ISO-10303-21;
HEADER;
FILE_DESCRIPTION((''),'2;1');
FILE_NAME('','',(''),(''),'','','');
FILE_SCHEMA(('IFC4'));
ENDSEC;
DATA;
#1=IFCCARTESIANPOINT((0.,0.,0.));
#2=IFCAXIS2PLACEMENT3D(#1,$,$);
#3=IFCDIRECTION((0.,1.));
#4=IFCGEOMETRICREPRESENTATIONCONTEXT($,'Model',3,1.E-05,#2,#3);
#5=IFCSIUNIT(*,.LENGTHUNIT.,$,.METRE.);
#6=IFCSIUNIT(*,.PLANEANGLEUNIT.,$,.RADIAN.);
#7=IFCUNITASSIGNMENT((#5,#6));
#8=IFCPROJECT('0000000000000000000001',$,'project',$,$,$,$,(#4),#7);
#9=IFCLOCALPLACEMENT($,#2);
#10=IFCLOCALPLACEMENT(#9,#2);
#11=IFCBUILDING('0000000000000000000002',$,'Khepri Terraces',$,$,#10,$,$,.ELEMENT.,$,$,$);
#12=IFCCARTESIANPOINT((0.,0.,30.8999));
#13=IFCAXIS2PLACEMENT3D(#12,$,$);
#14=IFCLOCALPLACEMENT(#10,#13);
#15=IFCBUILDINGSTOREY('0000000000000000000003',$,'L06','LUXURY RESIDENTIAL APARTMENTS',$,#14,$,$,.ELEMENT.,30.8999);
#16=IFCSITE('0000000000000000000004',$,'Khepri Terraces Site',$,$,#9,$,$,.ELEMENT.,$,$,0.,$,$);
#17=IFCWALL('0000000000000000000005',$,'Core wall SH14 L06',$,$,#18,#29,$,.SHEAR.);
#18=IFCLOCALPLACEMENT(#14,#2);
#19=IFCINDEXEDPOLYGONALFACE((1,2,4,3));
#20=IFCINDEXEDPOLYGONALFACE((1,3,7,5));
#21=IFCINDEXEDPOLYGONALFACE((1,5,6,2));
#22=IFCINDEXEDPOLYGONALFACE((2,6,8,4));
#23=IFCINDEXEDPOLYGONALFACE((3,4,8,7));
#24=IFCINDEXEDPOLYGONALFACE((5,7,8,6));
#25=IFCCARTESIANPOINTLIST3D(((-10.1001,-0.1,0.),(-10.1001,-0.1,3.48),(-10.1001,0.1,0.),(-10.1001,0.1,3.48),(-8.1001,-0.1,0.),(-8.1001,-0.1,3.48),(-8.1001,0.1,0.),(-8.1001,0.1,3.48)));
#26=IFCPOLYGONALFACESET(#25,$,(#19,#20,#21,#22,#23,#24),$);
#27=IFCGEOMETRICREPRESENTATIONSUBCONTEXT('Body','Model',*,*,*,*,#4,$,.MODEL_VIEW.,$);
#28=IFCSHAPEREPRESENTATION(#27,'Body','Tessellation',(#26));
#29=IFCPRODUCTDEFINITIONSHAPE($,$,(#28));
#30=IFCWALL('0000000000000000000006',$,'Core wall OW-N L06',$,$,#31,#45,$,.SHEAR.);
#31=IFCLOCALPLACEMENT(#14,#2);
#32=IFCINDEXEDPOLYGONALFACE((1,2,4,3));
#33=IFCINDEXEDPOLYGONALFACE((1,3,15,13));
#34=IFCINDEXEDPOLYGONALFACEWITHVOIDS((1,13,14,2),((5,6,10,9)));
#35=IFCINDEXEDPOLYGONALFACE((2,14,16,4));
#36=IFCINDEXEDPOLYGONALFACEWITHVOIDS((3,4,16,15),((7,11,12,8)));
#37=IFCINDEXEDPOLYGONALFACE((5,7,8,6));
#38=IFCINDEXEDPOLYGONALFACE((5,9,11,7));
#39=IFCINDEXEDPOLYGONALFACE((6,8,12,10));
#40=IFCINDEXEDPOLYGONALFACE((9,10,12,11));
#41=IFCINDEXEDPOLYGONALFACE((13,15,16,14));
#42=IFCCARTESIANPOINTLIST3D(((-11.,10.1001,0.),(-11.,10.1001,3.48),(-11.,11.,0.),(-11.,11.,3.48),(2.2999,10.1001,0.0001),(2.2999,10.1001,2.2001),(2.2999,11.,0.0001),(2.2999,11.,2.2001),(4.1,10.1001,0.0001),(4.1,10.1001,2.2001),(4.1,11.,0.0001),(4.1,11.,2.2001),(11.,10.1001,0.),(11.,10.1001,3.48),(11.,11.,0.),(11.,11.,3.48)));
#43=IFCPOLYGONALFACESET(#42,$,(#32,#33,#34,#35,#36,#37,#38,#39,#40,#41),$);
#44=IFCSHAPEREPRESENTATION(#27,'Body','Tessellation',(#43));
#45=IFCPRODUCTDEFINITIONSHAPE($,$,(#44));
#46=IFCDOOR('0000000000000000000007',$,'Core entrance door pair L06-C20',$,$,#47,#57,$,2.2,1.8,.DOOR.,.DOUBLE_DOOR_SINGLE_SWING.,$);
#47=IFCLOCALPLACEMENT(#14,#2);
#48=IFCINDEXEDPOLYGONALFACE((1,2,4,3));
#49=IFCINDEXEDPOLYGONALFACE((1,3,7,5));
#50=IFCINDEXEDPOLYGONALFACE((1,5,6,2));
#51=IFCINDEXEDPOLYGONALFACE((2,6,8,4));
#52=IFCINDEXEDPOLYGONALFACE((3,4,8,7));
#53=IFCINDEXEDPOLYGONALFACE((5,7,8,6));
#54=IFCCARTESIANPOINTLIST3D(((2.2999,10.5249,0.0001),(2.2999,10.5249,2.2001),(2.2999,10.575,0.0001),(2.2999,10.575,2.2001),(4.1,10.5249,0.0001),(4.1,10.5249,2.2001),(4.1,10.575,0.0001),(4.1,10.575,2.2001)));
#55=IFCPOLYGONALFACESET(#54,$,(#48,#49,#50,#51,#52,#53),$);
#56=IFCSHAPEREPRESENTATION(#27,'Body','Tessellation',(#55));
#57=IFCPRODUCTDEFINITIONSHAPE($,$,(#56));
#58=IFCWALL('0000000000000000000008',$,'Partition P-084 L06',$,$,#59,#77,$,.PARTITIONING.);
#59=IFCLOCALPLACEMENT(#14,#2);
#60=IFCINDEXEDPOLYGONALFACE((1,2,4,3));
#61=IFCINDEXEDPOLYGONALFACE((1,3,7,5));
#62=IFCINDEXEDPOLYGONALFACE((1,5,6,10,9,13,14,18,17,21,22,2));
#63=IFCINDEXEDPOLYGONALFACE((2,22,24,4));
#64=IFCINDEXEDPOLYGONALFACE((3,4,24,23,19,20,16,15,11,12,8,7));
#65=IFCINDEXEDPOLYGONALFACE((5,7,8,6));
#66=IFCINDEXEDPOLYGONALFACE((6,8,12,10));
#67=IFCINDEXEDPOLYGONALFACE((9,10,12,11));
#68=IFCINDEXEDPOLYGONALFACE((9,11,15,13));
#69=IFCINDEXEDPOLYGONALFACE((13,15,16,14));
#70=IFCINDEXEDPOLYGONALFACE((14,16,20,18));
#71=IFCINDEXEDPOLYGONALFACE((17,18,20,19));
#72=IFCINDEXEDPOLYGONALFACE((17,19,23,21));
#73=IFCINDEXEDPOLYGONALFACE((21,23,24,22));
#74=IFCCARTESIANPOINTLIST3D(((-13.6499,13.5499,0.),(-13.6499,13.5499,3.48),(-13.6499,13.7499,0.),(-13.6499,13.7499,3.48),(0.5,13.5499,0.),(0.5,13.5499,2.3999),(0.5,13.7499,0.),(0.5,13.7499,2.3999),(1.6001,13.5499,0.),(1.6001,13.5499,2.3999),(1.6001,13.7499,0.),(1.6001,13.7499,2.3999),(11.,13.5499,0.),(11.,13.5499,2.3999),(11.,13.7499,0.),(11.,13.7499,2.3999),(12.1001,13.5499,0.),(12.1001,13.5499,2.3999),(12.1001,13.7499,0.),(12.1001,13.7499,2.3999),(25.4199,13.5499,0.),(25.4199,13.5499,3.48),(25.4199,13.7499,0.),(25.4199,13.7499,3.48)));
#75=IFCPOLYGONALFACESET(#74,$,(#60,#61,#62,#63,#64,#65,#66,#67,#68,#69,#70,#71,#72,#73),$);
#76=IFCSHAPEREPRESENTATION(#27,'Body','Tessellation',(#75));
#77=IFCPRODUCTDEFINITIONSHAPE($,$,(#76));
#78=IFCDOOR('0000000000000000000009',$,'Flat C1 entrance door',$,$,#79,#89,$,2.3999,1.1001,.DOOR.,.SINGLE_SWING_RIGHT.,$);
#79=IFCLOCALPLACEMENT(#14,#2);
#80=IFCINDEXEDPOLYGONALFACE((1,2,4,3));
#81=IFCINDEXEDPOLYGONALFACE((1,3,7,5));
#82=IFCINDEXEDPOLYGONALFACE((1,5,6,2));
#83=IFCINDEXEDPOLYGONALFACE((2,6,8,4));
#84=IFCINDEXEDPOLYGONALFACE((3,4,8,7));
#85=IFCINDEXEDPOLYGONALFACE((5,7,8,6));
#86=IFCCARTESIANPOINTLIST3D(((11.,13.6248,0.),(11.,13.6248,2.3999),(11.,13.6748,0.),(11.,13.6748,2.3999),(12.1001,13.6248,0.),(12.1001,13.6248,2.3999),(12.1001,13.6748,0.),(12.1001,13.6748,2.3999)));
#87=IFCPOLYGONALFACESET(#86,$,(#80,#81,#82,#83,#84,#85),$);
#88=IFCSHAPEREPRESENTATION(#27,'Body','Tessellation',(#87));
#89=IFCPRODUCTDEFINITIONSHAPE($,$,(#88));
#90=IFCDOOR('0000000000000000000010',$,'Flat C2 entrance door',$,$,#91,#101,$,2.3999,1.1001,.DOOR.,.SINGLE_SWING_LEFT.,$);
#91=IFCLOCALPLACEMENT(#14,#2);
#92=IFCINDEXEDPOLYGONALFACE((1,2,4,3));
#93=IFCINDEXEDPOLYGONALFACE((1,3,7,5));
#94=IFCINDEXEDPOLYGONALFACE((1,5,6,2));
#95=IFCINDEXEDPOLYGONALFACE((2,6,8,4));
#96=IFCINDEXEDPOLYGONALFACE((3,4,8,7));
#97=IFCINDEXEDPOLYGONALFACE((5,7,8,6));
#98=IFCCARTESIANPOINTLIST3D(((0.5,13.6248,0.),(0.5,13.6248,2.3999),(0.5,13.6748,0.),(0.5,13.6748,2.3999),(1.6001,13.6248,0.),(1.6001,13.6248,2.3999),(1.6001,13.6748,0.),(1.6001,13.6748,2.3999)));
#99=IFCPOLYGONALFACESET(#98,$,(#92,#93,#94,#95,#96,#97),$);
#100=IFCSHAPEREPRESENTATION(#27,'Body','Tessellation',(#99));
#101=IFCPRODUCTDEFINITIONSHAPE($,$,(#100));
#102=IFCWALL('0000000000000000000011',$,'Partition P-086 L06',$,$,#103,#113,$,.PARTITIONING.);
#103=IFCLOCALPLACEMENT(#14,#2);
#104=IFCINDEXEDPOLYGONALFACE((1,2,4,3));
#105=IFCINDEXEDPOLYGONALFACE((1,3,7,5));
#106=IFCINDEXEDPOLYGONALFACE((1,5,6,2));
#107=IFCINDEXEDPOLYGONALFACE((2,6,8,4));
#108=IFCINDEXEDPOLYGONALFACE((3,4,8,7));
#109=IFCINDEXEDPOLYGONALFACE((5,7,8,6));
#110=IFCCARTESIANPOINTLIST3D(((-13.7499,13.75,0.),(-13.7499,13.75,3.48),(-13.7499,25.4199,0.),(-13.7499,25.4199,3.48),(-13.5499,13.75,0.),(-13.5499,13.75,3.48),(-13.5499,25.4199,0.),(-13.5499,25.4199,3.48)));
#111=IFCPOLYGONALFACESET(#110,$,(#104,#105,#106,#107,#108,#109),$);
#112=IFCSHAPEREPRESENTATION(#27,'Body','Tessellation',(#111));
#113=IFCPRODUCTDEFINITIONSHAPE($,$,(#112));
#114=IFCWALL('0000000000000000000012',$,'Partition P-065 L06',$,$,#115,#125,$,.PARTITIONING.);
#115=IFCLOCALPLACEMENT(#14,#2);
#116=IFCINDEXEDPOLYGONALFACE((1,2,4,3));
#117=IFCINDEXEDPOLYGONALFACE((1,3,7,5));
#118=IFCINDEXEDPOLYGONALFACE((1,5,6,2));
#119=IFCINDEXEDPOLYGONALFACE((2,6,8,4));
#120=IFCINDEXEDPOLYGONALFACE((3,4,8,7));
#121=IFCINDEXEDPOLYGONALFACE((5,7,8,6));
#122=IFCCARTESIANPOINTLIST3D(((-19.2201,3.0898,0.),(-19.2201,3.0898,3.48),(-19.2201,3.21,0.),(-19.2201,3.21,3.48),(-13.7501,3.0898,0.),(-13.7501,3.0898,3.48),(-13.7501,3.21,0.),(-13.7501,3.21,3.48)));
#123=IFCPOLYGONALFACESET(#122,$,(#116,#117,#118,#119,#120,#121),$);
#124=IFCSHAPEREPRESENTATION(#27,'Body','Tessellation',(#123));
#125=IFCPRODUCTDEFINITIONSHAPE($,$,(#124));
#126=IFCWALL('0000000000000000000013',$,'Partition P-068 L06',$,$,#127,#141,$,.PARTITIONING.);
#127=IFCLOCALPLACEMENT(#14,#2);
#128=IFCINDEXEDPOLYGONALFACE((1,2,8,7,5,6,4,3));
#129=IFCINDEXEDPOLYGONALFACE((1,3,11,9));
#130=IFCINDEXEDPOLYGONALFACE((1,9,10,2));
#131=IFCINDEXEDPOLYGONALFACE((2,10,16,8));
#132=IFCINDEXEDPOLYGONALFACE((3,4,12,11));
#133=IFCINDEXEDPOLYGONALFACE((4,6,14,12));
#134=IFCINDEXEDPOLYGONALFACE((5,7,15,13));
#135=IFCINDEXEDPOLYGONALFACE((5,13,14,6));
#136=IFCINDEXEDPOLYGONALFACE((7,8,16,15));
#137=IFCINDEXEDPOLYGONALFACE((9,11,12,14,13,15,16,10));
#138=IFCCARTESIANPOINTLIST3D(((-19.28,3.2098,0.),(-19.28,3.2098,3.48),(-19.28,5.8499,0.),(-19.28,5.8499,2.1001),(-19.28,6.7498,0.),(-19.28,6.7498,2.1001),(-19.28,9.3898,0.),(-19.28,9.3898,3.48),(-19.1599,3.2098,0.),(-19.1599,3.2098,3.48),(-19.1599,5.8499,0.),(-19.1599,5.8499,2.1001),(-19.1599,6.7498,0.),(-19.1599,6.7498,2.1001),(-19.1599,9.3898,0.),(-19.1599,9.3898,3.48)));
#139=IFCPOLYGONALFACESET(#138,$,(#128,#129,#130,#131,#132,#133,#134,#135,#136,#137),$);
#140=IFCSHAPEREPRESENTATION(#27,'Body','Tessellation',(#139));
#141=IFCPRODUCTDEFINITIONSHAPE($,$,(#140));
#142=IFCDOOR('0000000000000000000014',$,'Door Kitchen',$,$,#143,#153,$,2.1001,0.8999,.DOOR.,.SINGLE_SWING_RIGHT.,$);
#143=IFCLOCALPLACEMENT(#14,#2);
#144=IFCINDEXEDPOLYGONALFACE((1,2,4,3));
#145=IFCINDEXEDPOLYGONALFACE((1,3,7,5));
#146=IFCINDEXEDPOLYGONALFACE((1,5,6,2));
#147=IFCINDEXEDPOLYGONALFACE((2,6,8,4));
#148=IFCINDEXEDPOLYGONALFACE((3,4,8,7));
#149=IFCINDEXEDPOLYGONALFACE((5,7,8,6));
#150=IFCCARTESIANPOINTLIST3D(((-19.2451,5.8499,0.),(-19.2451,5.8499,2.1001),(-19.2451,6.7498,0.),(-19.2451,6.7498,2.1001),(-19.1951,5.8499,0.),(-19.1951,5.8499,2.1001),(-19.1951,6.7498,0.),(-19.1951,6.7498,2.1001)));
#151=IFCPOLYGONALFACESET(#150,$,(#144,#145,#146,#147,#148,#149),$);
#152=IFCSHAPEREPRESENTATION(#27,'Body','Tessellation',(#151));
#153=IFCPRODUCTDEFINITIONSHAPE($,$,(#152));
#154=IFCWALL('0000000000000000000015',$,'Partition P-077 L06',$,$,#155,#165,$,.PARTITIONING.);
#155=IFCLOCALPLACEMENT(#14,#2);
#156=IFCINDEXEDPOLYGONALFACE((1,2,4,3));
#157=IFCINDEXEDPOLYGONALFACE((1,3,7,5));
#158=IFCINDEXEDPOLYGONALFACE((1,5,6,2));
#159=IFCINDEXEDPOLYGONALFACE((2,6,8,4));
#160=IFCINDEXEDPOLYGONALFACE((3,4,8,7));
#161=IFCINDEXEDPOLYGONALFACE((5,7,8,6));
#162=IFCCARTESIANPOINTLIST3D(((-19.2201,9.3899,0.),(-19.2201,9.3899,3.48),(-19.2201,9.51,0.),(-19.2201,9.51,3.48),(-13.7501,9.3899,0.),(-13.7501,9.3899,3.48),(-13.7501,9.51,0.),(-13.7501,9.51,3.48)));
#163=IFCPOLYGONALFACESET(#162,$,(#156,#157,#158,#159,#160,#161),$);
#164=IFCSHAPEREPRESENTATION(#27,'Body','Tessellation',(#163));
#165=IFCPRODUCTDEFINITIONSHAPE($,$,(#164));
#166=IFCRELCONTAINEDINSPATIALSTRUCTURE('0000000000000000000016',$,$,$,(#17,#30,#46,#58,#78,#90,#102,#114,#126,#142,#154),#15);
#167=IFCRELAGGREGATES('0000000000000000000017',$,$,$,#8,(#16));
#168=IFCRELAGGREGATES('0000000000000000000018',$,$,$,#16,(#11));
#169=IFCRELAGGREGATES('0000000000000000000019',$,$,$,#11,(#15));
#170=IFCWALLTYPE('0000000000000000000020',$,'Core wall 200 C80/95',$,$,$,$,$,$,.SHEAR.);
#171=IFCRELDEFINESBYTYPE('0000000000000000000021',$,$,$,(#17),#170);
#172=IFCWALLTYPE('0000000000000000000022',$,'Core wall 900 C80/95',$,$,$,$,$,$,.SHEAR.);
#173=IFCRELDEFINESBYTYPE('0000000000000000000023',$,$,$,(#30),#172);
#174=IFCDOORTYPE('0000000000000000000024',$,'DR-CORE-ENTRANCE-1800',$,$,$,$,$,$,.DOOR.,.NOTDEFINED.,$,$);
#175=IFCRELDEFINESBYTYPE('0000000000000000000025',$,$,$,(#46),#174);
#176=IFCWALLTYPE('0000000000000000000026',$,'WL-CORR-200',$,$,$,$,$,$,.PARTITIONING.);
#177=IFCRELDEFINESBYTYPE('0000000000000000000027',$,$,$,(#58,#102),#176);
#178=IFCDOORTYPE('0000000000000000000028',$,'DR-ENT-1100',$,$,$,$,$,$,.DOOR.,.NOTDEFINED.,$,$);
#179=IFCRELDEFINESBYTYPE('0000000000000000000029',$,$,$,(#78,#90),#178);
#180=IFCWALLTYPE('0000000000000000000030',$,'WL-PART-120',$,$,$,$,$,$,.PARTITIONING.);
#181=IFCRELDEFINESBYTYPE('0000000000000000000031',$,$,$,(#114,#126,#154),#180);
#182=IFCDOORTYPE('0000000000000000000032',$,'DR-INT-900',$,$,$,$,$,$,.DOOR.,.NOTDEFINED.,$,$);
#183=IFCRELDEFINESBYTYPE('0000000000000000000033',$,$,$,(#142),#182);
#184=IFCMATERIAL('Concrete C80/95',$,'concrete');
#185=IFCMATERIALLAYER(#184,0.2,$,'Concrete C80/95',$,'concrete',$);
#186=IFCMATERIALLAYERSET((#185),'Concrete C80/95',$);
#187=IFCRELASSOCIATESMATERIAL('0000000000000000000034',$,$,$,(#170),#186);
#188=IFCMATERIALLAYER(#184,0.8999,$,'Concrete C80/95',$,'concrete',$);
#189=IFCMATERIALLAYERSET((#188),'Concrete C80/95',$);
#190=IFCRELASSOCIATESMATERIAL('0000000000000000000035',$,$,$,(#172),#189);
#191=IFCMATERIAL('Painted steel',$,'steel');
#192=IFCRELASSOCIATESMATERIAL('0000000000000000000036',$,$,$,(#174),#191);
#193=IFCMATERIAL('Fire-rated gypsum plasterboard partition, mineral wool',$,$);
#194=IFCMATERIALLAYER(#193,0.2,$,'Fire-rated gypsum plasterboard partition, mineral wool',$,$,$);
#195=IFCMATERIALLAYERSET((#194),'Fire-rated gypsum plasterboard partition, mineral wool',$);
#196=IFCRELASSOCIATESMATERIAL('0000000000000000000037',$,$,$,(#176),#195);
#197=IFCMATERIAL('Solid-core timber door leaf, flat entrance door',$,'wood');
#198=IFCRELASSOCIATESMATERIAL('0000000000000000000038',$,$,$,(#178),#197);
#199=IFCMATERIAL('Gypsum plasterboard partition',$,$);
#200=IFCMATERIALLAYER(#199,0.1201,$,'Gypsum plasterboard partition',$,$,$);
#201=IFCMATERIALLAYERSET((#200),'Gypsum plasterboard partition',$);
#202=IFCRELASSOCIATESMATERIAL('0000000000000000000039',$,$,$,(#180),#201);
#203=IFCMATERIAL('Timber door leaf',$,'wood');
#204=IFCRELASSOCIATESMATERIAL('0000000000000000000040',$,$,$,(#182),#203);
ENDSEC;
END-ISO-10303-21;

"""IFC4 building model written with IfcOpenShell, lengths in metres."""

from ifc_helpers import new_model, si_unit, direction, frame, frame_2d, origin, place, context, subcontext, project, spatial, rectangle, extrude, material, layer, layer_set, type_object, element, fill, save


model = new_model("IFC4")

# Units and contexts
model_context = context("Model", 3, precision=1e-05, world=origin(), true_north=direction((0.0, 1.0)))
body_context = subcontext(model_context, "Body", "Model", "MODEL_VIEW")
ifc_project = project(units=[si_unit("LENGTHUNIT", "METRE"), si_unit("PLANEANGLEUNIT", "RADIAN")], contexts=[model_context])

# Site, building, storey
site_placement = place(None, origin())
site = spatial("IfcSite", under=ifc_project, at=site_placement, Name="Khepri Terraces Site", CompositionType="ELEMENT", RefElevation=0.0)
building_placement = place(site_placement, origin())
building = spatial("IfcBuilding", under=site, at=building_placement, Name="Khepri Terraces", CompositionType="ELEMENT")
storey_placement = place(building_placement, frame((0.0, 0.0, 30.8999)))
storey = spatial("IfcBuildingStorey", under=building, at=storey_placement, Name="L06", Description="LUXURY RESIDENTIAL APARTMENTS", CompositionType="ELEMENT", Elevation=30.8999)

# Wall
ifc_material_1 = material(Name="Concrete C80/95", Category="concrete")
ifc_layer_1 = layer(ifc_material_1, 0.2, Name="Concrete C80/95", Category="concrete")
ifc_layer_set_1 = layer_set([ifc_layer_1], Name="Concrete C80/95")
wall_type_1 = type_object("IfcWallType", Name="Core wall 200 C80/95", PredefinedType="SHEAR", material=ifc_layer_set_1)
wall_1_placement = place(storey_placement, frame((-10.1001, 0.0, 0.0), z_axis=(0.0, 0.0, 1.0), x_axis=(1.0, 0.0, 0.0)))
element("IfcWall", 1, at=wall_1_placement, inside=storey, type_object=wall_type_1, Name="Core wall SH14 L06", PredefinedType="SHEAR", context=body_context, shape_type="SweptSolid", body=[
    extrude(rectangle(XDim=2.0, YDim=0.2, at=frame_2d((1.0, 0.0))), origin(), (0.0, 0.0, 1.0), 3.48),
])

# Wall, opening, door
ifc_layer_2 = layer(ifc_material_1, 0.8999, Name="Concrete C80/95", Category="concrete")
ifc_layer_set_2 = layer_set([ifc_layer_2], Name="Concrete C80/95")
wall_type_2 = type_object("IfcWallType", Name="Core wall 900 C80/95", PredefinedType="SHEAR", material=ifc_layer_set_2)
wall_2_placement = place(storey_placement, frame((-11.0, 10.55, 0.0), z_axis=(0.0, 0.0, 1.0), x_axis=(1.0, 0.0, 0.0)))
wall_2 = element("IfcWall", 2, at=wall_2_placement, inside=storey, type_object=wall_type_2, Name="Core wall OW-N L06", PredefinedType="SHEAR", context=body_context, shape_type="SweptSolid", body=[
    extrude(rectangle(XDim=22.0, YDim=0.8999, at=frame_2d((11.0, 0.0))), origin(), (0.0, 0.0, 1.0), 3.48),
])
opening_1_placement = place(wall_2_placement, frame((13.3, 0.0, 0.0)))
opening_1 = element("IfcOpeningElement", 3, at=opening_1_placement, cuts=wall_2, PredefinedType="OPENING", context=body_context, shape_type="SweptSolid", body=[
    extrude(rectangle(XDim=1.8, YDim=2.2, at=frame_2d((0.8999, 1.1001))), frame((0.0, 0.46, 0.0), z_axis=(0.0, -1.0, 0.0), x_axis=(1.0, 0.0, 0.0)), (0.0, 0.0, 1.0), 0.9199),
])
ifc_material_2 = material(Name="Painted steel", Category="steel")
door_type_1 = type_object("IfcDoorType", Name="DR-CORE-ENTRANCE-1800", OperationType="NOTDEFINED", PredefinedType="DOOR", material=ifc_material_2)
door_1_placement = place(opening_1_placement, origin())
door_1 = element("IfcDoor", 4, at=door_1_placement, inside=storey, type_object=door_type_1, Name="Core entrance door pair L06-C20", OperationType="DOUBLE_DOOR_SINGLE_SWING", OverallHeight=2.2, OverallWidth=1.8, PredefinedType="DOOR", context=body_context, shape_type="SweptSolid", body=[
    extrude(rectangle(XDim=1.8, YDim=2.2, at=frame_2d((0.8999, 1.1001))), frame((0.0, 0.0249, 0.0), z_axis=(0.0, -1.0, 0.0), x_axis=(1.0, 0.0, 0.0)), (0.0, 0.0, 1.0), 0.05),
])
fill(opening_1, door_1)

# Wall, openings, doors
ifc_material_3 = material(Name="Fire-rated gypsum plasterboard partition, mineral wool")
ifc_layer_3 = layer(ifc_material_3, 0.2, Name="Fire-rated gypsum plasterboard partition, mineral wool")
ifc_layer_set_3 = layer_set([ifc_layer_3], Name="Fire-rated gypsum plasterboard partition, mineral wool")
wall_type_3 = type_object("IfcWallType", Name="WL-CORR-200", PredefinedType="PARTITIONING", material=ifc_layer_set_3)
wall_3_placement = place(storey_placement, frame((-13.6499, 13.6499, 0.0), z_axis=(0.0, 0.0, 1.0), x_axis=(1.0, 0.0, 0.0)))
wall_3 = element("IfcWall", 5, at=wall_3_placement, inside=storey, type_object=wall_type_3, Name="Partition P-084 L06", PredefinedType="PARTITIONING", context=body_context, shape_type="SweptSolid", body=[
    extrude(rectangle(XDim=39.0698, YDim=0.2, at=frame_2d((19.5349, 0.0))), origin(), (0.0, 0.0, 1.0), 3.48),
])
opening_2_placement = place(wall_3_placement, frame((24.6499, 0.0, 0.0)))
opening_2 = element("IfcOpeningElement", 6, at=opening_2_placement, cuts=wall_3, PredefinedType="OPENING", context=body_context, shape_type="SweptSolid", body=[
    extrude(rectangle(XDim=1.1001, YDim=2.3999, at=frame_2d((0.55, 1.2))), frame((0.0, 0.1099, 0.0), z_axis=(0.0, -1.0, 0.0), x_axis=(1.0, 0.0, 0.0)), (0.0, 0.0, 1.0), 0.22),
])
opening_3_placement = place(wall_3_placement, frame((14.1499, 0.0, 0.0)))
opening_3 = element("IfcOpeningElement", 7, at=opening_3_placement, cuts=wall_3, PredefinedType="OPENING", context=body_context, shape_type="SweptSolid", body=[
    extrude(rectangle(XDim=1.1001, YDim=2.3999, at=frame_2d((0.55, 1.2))), frame((0.0, 0.1099, 0.0), z_axis=(0.0, -1.0, 0.0), x_axis=(1.0, 0.0, 0.0)), (0.0, 0.0, 1.0), 0.22),
])
ifc_material_4 = material(Name="Solid-core timber door leaf, flat entrance door", Category="wood")
door_type_2 = type_object("IfcDoorType", Name="DR-ENT-1100", OperationType="NOTDEFINED", PredefinedType="DOOR", material=ifc_material_4)
door_2_placement = place(opening_2_placement, origin())
door_2 = element("IfcDoor", 8, at=door_2_placement, inside=storey, type_object=door_type_2, Name="Flat C1 entrance door", OperationType="SINGLE_SWING_RIGHT", OverallHeight=2.3999, OverallWidth=1.1001, PredefinedType="DOOR", context=body_context, shape_type="SweptSolid", body=[
    extrude(rectangle(XDim=1.1001, YDim=2.3999, at=frame_2d((0.55, 1.2))), frame((0.0, 0.0249, 0.0), z_axis=(0.0, -1.0, 0.0), x_axis=(1.0, 0.0, 0.0)), (0.0, 0.0, 1.0), 0.05),
])
fill(opening_2, door_2)
door_3_placement = place(opening_3_placement, origin())
door_3 = element("IfcDoor", 9, at=door_3_placement, inside=storey, type_object=door_type_2, Name="Flat C2 entrance door", OperationType="SINGLE_SWING_LEFT", OverallHeight=2.3999, OverallWidth=1.1001, PredefinedType="DOOR", context=body_context, shape_type="SweptSolid", body=[
    extrude(rectangle(XDim=1.1001, YDim=2.3999, at=frame_2d((0.55, 1.2))), frame((0.0, 0.0249, 0.0), z_axis=(0.0, -1.0, 0.0), x_axis=(1.0, 0.0, 0.0)), (0.0, 0.0, 1.0), 0.05),
])
fill(opening_3, door_3)

# Walls
wall_4_placement = place(storey_placement, frame((-13.6499, 13.75, 0.0), z_axis=(0.0, 0.0, 1.0), x_axis=(0.0, 1.0, 0.0)))
element("IfcWall", 10, at=wall_4_placement, inside=storey, type_object=wall_type_3, Name="Partition P-086 L06", PredefinedType="PARTITIONING", context=body_context, shape_type="SweptSolid", body=[
    extrude(rectangle(XDim=11.6699, YDim=0.2, at=frame_2d((5.835, 0.0))), origin(), (0.0, 0.0, 1.0), 3.48),
])
ifc_material_5 = material(Name="Gypsum plasterboard partition")
ifc_layer_4 = layer(ifc_material_5, 0.1201, Name="Gypsum plasterboard partition")
ifc_layer_set_4 = layer_set([ifc_layer_4], Name="Gypsum plasterboard partition")
wall_type_4 = type_object("IfcWallType", Name="WL-PART-120", PredefinedType="PARTITIONING", material=ifc_layer_set_4)
wall_5_placement = place(storey_placement, frame((-19.22, 3.1499, 0.0), z_axis=(0.0, 0.0, 1.0), x_axis=(1.0, 0.0, 0.0)))
element("IfcWall", 11, at=wall_5_placement, inside=storey, type_object=wall_type_4, Name="Partition P-065 L06", PredefinedType="PARTITIONING", context=body_context, shape_type="SweptSolid", body=[
    extrude(rectangle(XDim=5.47, YDim=0.1201, at=frame_2d((2.7349, 0.0))), origin(), (0.0, 0.0, 1.0), 3.48),
])

# Wall, opening, door
wall_6_placement = place(storey_placement, frame((-19.22, 3.21, 0.0), z_axis=(0.0, 0.0, 1.0), x_axis=(0.0, 1.0, 0.0)))
wall_6 = element("IfcWall", 12, at=wall_6_placement, inside=storey, type_object=wall_type_4, Name="Partition P-068 L06", PredefinedType="PARTITIONING", context=body_context, shape_type="SweptSolid", body=[
    extrude(rectangle(XDim=6.1799, YDim=0.1201, at=frame_2d((3.0898, 0.0))), origin(), (0.0, 0.0, 1.0), 3.48),
])
opening_4_placement = place(wall_6_placement, frame((2.6399, 0.0, 0.0)))
opening_4 = element("IfcOpeningElement", 13, at=opening_4_placement, cuts=wall_6, PredefinedType="OPENING", context=body_context, shape_type="SweptSolid", body=[
    extrude(rectangle(XDim=0.8999, YDim=2.1001, at=frame_2d((0.45, 1.05))), frame((0.0, 0.0701, 0.0), z_axis=(0.0, -1.0, 0.0), x_axis=(1.0, 0.0, 0.0)), (0.0, 0.0, 1.0), 0.1401),
])
ifc_material_6 = material(Name="Timber door leaf", Category="wood")
door_type_3 = type_object("IfcDoorType", Name="DR-INT-900", OperationType="NOTDEFINED", PredefinedType="DOOR", material=ifc_material_6)
door_4_placement = place(opening_4_placement, frame((0.8999, 0.0, 0.0), z_axis=(0.0, 0.0, 1.0), x_axis=(-1.0, 0.0, 0.0)))
door_4 = element("IfcDoor", 14, at=door_4_placement, inside=storey, type_object=door_type_3, Name="Door Kitchen", OperationType="SINGLE_SWING_RIGHT", OverallHeight=2.1001, OverallWidth=0.8999, PredefinedType="DOOR", context=body_context, shape_type="SweptSolid", body=[
    extrude(rectangle(XDim=0.8999, YDim=2.1001, at=frame_2d((0.45, 1.05))), frame((0.0, 0.0249, 0.0), z_axis=(0.0, -1.0, 0.0), x_axis=(1.0, 0.0, 0.0)), (0.0, 0.0, 1.0), 0.05),
])
fill(opening_4, door_4)

# Wall
wall_7_placement = place(storey_placement, frame((-19.22, 9.45, 0.0), z_axis=(0.0, 0.0, 1.0), x_axis=(1.0, 0.0, 0.0)))
element("IfcWall", 15, at=wall_7_placement, inside=storey, type_object=wall_type_4, Name="Partition P-077 L06", PredefinedType="PARTITIONING", context=body_context, shape_type="SweptSolid", body=[
    extrude(rectangle(XDim=5.47, YDim=0.1201, at=frame_2d((2.7349, 0.0))), origin(), (0.0, 0.0, 1.0), 3.48),
])

save(model, "model.ifc")
